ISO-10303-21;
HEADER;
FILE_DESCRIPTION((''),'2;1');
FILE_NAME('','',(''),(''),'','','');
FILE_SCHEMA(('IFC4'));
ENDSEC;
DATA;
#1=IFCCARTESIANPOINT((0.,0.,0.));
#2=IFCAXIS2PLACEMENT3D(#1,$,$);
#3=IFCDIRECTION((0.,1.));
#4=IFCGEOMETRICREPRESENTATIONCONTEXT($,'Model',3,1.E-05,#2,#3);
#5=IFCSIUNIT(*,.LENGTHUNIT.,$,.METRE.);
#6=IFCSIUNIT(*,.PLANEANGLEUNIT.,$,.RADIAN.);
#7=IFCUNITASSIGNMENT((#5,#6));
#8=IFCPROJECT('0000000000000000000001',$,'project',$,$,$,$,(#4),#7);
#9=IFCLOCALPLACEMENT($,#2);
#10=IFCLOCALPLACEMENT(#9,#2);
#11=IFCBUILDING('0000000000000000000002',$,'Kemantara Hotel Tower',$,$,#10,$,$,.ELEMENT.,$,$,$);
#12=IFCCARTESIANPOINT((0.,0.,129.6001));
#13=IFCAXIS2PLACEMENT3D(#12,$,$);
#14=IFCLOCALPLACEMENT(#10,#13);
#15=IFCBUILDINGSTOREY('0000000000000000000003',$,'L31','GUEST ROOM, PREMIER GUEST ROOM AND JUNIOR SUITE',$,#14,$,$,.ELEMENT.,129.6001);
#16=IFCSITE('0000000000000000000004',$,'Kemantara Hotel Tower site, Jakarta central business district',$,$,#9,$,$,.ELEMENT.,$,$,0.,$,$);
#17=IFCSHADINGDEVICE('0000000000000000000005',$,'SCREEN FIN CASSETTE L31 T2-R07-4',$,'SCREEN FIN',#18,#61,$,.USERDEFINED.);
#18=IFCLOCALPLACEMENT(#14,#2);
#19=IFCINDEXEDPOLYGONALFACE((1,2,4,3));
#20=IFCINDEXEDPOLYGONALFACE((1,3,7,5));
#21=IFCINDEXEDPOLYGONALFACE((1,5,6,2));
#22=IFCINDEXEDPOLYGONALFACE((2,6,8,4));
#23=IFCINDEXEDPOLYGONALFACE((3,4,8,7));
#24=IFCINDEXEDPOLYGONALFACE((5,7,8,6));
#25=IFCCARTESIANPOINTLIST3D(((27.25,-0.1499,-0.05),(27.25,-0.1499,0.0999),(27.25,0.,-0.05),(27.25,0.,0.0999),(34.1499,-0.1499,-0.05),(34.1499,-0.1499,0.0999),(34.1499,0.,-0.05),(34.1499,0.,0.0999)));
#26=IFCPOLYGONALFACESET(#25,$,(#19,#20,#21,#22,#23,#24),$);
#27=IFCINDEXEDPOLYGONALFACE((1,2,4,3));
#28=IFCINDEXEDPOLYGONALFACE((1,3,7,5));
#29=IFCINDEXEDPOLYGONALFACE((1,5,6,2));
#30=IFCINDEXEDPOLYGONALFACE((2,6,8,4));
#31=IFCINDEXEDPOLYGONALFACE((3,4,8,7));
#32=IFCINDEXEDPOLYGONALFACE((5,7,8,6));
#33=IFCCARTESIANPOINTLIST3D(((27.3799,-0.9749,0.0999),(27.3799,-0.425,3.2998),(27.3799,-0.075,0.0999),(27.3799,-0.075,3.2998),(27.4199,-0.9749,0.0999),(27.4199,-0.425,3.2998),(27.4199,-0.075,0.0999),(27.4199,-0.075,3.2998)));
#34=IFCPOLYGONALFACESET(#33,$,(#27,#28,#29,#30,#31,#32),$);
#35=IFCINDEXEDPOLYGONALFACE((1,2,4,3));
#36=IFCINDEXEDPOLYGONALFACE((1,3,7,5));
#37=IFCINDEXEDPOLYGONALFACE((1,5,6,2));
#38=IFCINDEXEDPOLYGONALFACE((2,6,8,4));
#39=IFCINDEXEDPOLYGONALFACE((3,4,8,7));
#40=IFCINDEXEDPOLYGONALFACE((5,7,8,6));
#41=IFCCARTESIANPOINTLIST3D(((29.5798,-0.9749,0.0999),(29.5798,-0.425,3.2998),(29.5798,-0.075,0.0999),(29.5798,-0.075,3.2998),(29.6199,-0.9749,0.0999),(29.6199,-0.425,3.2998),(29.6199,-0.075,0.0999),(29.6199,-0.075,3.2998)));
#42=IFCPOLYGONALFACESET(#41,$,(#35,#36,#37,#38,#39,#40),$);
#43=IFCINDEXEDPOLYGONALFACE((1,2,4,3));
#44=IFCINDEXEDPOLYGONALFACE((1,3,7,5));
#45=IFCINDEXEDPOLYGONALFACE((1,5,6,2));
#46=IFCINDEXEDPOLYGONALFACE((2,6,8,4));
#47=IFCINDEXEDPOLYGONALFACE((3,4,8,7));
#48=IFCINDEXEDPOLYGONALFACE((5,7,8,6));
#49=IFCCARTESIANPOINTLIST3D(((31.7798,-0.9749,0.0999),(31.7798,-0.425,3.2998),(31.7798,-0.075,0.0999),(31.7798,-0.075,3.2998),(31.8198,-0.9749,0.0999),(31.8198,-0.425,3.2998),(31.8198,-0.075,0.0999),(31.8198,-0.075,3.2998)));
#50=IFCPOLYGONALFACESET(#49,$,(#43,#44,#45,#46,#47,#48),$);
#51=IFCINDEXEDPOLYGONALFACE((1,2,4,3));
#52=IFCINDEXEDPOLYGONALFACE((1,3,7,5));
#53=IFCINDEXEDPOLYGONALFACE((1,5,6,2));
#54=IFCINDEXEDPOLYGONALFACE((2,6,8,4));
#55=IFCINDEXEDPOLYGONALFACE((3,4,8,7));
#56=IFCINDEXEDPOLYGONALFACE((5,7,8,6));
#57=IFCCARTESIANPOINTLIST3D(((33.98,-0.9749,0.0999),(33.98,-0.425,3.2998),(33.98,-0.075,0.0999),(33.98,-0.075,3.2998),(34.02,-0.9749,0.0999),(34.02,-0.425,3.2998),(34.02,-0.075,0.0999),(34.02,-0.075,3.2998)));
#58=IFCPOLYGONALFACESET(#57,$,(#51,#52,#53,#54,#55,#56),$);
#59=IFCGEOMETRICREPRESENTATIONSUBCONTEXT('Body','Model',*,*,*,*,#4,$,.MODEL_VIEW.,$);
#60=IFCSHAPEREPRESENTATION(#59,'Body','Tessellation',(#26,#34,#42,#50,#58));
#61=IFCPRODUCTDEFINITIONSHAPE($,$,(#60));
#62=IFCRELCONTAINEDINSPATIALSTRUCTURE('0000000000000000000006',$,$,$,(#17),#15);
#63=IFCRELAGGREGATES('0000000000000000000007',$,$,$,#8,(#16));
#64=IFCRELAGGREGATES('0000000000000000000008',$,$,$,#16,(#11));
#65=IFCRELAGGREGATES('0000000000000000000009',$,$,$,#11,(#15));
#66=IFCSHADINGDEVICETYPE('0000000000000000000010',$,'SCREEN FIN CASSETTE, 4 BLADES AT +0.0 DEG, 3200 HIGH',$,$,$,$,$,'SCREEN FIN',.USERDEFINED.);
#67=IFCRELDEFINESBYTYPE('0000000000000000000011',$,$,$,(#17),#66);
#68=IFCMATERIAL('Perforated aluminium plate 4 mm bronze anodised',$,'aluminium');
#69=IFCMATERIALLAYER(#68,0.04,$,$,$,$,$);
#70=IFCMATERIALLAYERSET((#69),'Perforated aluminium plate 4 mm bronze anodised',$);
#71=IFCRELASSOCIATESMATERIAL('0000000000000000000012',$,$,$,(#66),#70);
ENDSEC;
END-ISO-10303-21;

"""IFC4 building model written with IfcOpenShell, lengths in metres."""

from ifc_helpers import new_model, si_unit, direction, frame, origin, origin_2d, place, context, subcontext, project, spatial, polyline, rectangle, outline, extrude, source, transform, mapped, material, layer, layer_set, type_object, element, save


model = new_model("IFC4")

# Units and contexts
model_context = context("Model", 3, precision=1e-05, world=origin(), true_north=direction((0.0, 1.0)))
body_context = subcontext(model_context, "Body", "Model", "MODEL_VIEW")
ifc_project = project(units=[si_unit("LENGTHUNIT", "METRE"), si_unit("PLANEANGLEUNIT", "RADIAN")], contexts=[model_context])

# Site, building, storey
site_placement = place(None, origin())
site = spatial("IfcSite", under=ifc_project, at=site_placement, Name="Kemantara Hotel Tower site, Jakarta central business district", CompositionType="ELEMENT", RefElevation=0.0)
building_placement = place(site_placement, origin())
building = spatial("IfcBuilding", under=site, at=building_placement, Name="Kemantara Hotel Tower", CompositionType="ELEMENT")
storey_placement = place(building_placement, frame((0.0, 0.0, 129.6001)))
storey = spatial("IfcBuildingStorey", under=building, at=storey_placement, Name="L31", Description="GUEST ROOM, PREMIER GUEST ROOM AND JUNIOR SUITE", CompositionType="ELEMENT", Elevation=129.6001)

# Shading device
ifc_material_1 = material(Name="Perforated aluminium plate 4 mm bronze anodised", Category="aluminium")
ifc_layer_1 = layer(ifc_material_1, 0.04)
ifc_layer_set_1 = layer_set([ifc_layer_1], Name="Perforated aluminium plate 4 mm bronze anodised")
shading_device_type_1 = type_object("IfcShadingDeviceType", Name="SCREEN FIN CASSETTE, 4 BLADES AT +0.0 DEG, 3200 HIGH", ElementType="SCREEN FIN", PredefinedType="USERDEFINED", material=ifc_layer_set_1)
shared_shape_1 = source(origin(), body_context, "Body", "SweptSolid", [
    extrude(rectangle(XDim=6.8999, YDim=0.1499, at=origin_2d()), frame((3.3, -0.075, -0.1499), z_axis=(0.0, 0.0, 1.0), x_axis=(1.0, 0.0, 0.0)), (0.0, 0.0, 1.0), 0.1499),
    extrude(outline(polyline([(0.0, 0.0), (0.8999, 0.0), (0.3501, 3.2), (0.0, 3.2), (0.0, 0.0)])), frame((0.02, -0.075, 0.0), z_axis=(-1.0, 0.0, 0.0), x_axis=(0.0, -1.0, 0.0)), (0.0, 0.0, 1.0), 0.04),
    extrude(outline(polyline([(0.0, 0.0), (0.8999, 0.0), (0.3501, 3.2), (0.0, 3.2), (0.0, 0.0)])), frame((2.22, -0.075, 0.0), z_axis=(-1.0, 0.0, 0.0), x_axis=(0.0, -1.0, 0.0)), (0.0, 0.0, 1.0), 0.04),
    extrude(outline(polyline([(0.0, 0.0), (0.8999, 0.0), (0.3501, 3.2), (0.0, 3.2), (0.0, 0.0)])), frame((4.4199, -0.075, 0.0), z_axis=(-1.0, 0.0, 0.0), x_axis=(0.0, -1.0, 0.0)), (0.0, 0.0, 1.0), 0.04),
    extrude(outline(polyline([(0.0, 0.0), (0.8999, 0.0), (0.3501, 3.2), (0.0, 3.2), (0.0, 0.0)])), frame((6.6201, -0.075, 0.0), z_axis=(-1.0, 0.0, 0.0), x_axis=(0.0, -1.0, 0.0)), (0.0, 0.0, 1.0), 0.04),
])
shading_device_1_placement = place(storey_placement, frame((27.3999, 0.0, 0.0999), z_axis=(0.0, 0.0, 1.0), x_axis=(1.0, 0.0, 0.0)))
element("IfcShadingDevice", 1, at=shading_device_1_placement, inside=storey, type_object=shading_device_type_1, Name="SCREEN FIN CASSETTE L31 T2-R07-4", ObjectType="SCREEN FIN", PredefinedType="USERDEFINED", context=body_context, shape_type="MappedRepresentation", body=[
    mapped(shared_shape_1, transform((0.0, 0.0, 0.0))),
])

save(model, "model.ifc")
